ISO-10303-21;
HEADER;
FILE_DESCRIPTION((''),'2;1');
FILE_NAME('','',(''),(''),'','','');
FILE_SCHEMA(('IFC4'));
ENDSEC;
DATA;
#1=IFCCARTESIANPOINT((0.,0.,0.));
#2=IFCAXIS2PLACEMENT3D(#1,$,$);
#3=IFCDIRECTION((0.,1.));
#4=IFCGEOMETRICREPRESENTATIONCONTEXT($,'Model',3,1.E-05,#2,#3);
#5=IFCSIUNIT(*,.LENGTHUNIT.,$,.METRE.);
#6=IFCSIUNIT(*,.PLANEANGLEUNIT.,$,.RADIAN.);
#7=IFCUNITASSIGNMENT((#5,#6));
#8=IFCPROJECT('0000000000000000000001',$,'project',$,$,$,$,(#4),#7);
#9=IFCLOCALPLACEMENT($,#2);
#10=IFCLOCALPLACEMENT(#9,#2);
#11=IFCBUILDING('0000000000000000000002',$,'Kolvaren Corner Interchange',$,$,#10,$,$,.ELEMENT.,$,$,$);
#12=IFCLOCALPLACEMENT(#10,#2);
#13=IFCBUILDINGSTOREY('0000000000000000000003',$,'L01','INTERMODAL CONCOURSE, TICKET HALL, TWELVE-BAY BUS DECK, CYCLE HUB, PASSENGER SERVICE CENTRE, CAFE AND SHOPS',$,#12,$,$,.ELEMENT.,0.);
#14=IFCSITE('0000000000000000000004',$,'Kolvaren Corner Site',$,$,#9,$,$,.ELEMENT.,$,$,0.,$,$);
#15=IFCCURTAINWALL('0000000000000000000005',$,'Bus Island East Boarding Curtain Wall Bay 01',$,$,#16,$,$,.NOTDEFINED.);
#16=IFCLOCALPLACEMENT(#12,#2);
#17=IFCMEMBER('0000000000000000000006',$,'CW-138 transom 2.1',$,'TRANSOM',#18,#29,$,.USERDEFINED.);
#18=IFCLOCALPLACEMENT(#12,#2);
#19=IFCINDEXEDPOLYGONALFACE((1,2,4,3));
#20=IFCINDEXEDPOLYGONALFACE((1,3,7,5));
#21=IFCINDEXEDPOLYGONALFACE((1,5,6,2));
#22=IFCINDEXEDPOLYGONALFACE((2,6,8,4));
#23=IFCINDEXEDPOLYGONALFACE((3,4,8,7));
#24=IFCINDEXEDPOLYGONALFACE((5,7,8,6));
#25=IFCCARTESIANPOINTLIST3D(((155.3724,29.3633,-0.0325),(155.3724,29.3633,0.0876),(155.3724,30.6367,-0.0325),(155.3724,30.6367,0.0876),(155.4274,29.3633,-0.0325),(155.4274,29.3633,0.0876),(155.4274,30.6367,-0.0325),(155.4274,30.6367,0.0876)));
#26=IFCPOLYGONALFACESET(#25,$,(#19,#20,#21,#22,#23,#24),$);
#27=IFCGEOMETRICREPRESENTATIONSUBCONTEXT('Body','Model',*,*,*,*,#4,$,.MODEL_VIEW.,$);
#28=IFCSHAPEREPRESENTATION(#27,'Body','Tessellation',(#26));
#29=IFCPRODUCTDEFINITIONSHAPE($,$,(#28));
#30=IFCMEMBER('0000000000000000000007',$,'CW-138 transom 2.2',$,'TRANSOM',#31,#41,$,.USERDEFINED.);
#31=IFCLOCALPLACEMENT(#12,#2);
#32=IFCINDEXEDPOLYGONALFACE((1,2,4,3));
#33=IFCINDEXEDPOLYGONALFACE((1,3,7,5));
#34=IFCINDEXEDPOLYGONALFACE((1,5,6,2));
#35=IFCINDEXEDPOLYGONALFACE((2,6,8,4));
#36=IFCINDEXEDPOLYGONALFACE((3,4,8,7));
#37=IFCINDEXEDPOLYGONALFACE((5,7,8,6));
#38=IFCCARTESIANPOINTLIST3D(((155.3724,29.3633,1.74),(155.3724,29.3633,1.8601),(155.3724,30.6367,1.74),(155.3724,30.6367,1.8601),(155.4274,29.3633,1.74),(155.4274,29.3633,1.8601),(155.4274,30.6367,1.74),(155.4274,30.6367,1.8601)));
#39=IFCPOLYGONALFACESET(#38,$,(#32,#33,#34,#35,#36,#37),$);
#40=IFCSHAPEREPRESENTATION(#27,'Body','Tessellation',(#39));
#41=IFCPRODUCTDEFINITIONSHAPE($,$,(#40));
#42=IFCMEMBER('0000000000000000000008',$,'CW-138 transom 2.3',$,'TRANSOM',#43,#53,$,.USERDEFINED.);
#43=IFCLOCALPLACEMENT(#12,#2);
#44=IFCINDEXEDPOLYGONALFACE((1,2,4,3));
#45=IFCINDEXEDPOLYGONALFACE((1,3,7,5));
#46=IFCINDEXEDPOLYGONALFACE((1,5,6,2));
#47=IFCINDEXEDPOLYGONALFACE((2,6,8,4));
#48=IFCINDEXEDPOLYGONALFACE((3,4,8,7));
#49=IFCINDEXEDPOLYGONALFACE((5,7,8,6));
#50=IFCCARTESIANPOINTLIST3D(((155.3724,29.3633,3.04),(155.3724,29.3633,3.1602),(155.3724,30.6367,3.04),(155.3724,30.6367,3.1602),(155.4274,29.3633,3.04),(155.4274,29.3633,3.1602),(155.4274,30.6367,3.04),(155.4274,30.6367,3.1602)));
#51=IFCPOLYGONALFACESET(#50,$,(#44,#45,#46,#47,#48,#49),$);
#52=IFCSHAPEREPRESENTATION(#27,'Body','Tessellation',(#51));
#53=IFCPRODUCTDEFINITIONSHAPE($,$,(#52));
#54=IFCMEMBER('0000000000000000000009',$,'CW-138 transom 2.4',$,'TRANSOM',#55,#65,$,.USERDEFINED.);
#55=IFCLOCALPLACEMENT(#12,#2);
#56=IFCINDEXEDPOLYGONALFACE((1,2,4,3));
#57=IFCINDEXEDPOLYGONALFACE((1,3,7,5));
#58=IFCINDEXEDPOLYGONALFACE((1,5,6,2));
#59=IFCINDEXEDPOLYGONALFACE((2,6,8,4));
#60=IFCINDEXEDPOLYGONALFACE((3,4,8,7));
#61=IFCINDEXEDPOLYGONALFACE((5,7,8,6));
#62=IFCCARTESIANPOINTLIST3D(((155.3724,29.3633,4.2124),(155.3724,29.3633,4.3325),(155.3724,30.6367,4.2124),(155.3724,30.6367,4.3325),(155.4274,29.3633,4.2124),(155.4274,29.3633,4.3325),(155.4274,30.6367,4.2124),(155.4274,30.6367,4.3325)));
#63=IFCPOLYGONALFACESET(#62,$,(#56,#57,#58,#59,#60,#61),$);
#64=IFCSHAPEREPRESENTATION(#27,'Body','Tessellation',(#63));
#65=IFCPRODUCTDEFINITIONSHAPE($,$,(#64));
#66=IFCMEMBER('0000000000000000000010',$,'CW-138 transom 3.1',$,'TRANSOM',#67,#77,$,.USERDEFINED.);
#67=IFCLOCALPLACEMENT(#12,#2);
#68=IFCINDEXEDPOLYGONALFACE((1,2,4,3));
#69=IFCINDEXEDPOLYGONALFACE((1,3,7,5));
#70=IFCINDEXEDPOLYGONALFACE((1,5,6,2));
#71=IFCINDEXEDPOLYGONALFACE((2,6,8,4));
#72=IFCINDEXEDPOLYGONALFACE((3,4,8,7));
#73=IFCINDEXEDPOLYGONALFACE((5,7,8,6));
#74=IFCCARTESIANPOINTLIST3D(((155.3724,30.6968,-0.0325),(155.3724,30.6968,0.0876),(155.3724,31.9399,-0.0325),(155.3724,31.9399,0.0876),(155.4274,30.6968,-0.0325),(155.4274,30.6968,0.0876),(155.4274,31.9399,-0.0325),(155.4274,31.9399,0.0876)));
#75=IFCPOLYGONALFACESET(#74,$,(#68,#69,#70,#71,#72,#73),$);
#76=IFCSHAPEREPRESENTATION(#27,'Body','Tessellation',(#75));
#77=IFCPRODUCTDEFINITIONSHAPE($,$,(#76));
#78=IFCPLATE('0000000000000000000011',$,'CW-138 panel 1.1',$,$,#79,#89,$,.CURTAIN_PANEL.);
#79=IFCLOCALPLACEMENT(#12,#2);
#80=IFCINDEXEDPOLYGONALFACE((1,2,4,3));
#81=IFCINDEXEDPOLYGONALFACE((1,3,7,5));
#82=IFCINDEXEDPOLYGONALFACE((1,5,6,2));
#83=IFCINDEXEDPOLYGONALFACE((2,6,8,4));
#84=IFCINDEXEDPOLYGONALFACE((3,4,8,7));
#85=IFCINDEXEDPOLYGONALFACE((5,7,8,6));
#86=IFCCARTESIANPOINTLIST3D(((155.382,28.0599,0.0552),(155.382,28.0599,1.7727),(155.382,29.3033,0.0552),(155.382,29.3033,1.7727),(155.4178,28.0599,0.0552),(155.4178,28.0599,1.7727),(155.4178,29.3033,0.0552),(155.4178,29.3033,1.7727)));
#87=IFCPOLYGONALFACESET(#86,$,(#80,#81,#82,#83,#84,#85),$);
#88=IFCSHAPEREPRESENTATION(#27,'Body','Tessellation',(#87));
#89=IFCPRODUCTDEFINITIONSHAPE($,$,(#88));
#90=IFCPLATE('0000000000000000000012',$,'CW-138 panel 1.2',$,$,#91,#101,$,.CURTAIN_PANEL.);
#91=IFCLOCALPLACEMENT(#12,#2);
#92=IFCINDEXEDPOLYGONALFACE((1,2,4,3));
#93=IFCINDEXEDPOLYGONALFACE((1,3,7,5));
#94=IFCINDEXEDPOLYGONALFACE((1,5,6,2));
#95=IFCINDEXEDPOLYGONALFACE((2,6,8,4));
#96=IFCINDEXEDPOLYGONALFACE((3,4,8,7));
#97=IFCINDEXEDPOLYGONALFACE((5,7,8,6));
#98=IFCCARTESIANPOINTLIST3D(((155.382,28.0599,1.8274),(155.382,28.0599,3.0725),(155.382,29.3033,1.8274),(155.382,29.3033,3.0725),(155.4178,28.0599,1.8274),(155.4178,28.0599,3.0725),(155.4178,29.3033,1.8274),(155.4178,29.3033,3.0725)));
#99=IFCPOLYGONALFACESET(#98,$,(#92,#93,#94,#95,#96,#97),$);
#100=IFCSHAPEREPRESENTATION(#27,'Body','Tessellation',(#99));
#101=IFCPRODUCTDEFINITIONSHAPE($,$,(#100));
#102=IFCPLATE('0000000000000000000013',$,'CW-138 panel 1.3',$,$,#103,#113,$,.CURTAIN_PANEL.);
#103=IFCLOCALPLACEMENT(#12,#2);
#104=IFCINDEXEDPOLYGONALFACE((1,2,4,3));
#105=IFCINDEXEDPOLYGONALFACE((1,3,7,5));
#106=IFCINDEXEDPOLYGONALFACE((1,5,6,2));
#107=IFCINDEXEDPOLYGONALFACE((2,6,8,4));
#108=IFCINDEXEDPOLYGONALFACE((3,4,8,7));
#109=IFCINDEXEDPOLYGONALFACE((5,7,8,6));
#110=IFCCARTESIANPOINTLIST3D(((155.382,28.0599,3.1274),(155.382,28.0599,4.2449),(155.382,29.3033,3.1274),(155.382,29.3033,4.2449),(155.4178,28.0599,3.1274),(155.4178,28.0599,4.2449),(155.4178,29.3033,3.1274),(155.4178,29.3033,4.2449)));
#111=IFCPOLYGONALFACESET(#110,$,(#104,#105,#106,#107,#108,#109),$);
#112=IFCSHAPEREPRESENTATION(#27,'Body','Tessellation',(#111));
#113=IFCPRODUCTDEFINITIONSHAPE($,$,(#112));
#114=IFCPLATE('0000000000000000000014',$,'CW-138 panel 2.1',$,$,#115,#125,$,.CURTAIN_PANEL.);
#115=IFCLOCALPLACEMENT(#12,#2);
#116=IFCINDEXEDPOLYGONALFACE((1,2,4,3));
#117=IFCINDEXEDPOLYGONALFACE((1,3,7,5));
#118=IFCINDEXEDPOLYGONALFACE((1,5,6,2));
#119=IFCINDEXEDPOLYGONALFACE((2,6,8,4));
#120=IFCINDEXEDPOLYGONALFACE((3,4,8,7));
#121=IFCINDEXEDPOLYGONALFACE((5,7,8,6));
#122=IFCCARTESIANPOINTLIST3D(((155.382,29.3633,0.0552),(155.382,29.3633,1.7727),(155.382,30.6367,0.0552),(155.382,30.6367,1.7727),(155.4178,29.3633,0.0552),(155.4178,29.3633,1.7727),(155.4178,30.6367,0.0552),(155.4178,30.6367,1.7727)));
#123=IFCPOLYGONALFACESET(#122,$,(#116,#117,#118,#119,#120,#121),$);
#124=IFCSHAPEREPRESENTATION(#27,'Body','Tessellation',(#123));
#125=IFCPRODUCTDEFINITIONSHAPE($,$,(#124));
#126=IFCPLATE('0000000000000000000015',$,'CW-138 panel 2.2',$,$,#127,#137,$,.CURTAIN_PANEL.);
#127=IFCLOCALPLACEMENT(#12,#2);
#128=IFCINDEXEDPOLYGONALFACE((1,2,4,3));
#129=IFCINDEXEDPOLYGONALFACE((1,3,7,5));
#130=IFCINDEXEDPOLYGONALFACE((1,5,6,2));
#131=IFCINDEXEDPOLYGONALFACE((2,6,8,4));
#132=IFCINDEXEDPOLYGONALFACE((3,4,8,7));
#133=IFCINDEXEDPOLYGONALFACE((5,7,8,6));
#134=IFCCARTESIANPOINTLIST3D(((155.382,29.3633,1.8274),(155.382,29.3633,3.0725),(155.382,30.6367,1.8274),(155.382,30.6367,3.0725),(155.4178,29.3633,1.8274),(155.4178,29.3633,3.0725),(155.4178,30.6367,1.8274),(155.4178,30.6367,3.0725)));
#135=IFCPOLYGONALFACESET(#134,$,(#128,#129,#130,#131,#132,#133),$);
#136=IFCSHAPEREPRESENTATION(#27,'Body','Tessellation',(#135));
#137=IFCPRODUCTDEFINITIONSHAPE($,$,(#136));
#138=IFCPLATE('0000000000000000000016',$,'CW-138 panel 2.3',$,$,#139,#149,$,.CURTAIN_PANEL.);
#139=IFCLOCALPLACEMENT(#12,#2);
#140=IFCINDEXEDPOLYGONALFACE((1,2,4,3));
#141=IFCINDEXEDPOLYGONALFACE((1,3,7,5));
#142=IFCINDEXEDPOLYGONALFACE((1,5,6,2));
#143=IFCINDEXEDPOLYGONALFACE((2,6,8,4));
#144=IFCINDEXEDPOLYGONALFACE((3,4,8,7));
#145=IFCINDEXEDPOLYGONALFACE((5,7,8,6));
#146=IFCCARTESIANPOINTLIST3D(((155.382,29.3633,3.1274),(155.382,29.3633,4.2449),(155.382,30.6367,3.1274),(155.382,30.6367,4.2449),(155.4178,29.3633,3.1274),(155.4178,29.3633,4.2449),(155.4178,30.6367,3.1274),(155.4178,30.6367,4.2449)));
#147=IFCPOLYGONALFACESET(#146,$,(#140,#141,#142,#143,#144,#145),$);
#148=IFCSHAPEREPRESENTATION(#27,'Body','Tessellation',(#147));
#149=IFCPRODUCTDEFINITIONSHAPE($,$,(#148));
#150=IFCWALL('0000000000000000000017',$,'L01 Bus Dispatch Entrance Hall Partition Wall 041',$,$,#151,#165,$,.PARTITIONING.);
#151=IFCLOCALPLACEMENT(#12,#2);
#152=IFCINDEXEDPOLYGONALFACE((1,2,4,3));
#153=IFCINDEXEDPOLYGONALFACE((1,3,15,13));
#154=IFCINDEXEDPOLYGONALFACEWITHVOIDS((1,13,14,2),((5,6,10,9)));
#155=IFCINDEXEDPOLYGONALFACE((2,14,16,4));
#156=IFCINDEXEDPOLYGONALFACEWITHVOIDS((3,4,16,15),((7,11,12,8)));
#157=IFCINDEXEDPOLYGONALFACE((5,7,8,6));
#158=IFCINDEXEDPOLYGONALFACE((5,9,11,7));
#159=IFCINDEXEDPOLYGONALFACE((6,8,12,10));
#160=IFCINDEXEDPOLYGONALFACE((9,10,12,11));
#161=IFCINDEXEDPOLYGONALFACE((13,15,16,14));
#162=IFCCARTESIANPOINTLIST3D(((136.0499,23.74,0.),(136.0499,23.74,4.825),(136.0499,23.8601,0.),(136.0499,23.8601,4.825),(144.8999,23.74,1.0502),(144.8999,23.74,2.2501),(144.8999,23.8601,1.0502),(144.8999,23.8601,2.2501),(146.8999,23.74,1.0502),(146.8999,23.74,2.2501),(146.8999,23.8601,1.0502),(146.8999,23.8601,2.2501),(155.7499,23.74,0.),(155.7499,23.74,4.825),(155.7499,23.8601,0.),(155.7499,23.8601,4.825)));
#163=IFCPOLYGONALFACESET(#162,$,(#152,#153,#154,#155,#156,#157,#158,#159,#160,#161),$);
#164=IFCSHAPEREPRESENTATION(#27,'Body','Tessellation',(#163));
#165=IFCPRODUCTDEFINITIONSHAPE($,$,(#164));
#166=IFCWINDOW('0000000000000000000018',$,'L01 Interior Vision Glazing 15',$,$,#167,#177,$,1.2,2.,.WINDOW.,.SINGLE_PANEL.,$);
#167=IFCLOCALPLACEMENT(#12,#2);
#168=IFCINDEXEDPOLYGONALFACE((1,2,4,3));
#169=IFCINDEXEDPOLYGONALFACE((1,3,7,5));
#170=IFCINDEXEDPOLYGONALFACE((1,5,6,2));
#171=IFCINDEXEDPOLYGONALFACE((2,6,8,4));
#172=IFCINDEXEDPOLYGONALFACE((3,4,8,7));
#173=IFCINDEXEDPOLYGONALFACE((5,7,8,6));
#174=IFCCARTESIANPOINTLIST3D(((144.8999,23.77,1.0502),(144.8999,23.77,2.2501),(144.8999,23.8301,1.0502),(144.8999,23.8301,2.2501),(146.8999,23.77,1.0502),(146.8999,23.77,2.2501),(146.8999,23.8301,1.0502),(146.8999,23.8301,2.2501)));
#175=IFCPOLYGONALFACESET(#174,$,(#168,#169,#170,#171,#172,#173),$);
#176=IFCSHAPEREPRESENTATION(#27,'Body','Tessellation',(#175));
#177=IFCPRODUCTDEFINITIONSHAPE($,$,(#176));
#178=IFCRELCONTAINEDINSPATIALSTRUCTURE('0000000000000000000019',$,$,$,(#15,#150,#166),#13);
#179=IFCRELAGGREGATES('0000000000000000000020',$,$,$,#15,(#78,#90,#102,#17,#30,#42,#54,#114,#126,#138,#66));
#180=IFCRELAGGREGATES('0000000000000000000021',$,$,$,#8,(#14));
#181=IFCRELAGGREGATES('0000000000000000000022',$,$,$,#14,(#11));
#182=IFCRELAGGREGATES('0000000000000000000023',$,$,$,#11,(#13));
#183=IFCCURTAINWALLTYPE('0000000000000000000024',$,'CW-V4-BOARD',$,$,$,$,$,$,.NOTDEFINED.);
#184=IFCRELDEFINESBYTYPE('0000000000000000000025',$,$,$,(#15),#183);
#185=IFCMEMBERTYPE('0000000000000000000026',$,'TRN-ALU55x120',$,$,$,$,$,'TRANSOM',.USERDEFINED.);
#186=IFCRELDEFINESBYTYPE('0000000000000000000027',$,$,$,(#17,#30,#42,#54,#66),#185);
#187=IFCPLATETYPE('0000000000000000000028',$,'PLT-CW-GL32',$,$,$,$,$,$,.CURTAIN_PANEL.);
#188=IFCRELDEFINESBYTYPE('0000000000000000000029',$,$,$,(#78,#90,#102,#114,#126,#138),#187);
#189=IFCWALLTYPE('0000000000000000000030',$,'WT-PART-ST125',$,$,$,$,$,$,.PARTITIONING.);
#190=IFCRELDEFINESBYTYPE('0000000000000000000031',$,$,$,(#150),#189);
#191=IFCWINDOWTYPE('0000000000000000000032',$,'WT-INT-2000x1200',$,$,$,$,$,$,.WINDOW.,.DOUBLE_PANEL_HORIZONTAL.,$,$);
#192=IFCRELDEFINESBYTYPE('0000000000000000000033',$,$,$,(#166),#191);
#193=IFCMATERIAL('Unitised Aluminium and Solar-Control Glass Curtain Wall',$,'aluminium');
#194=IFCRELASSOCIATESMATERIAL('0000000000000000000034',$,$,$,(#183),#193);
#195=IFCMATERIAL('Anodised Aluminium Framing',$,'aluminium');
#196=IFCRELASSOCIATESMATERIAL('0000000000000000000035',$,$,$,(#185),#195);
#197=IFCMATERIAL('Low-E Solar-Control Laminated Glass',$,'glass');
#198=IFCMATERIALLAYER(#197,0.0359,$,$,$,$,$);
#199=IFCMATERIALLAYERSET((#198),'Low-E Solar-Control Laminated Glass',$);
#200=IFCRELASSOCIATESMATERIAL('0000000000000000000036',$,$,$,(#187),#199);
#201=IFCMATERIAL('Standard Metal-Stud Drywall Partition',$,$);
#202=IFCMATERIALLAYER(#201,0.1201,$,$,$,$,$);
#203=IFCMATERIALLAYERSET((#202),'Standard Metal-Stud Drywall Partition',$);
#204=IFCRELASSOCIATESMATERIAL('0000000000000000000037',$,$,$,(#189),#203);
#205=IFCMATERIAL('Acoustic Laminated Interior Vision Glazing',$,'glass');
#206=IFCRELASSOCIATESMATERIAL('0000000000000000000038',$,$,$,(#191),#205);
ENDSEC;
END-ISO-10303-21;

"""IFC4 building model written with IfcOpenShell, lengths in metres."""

from ifc_helpers import new_model, si_unit, direction, frame, frame_2d, origin, origin_2d, place, context, subcontext, project, spatial, rectangle, extrude, material, layer, layer_set, material_profile, profile_set, type_object, element, fill, aggregate, save


model = new_model("IFC4")

# Units and contexts
model_context = context("Model", 3, precision=1e-05, world=origin(), true_north=direction((0.0, 1.0)))
body_context = subcontext(model_context, "Body", "Model", "MODEL_VIEW")
ifc_project = project(units=[si_unit("LENGTHUNIT", "METRE"), si_unit("PLANEANGLEUNIT", "RADIAN")], contexts=[model_context])

# Site, building, storey
site_placement = place(None, origin())
site = spatial("IfcSite", under=ifc_project, at=site_placement, Name="Kolvaren Corner Site", CompositionType="ELEMENT", RefElevation=0.0)
building_placement = place(site_placement, origin())
building = spatial("IfcBuilding", under=site, at=building_placement, Name="Kolvaren Corner Interchange", CompositionType="ELEMENT")
storey_placement = place(building_placement, origin())
storey = spatial("IfcBuildingStorey", under=building, at=storey_placement, Name="L01", Description="INTERMODAL CONCOURSE, TICKET HALL, TWELVE-BAY BUS DECK, CYCLE HUB, PASSENGER SERVICE CENTRE, CAFE AND SHOPS", CompositionType="ELEMENT", Elevation=0.0)

# Curtain wall, members, plates
ifc_material_1 = material(Name="Unitised Aluminium and Solar-Control Glass Curtain Wall", Category="aluminium")
curtain_wall_type = type_object("IfcCurtainWallType", Name="CW-V4-BOARD", PredefinedType="NOTDEFINED", material=ifc_material_1)
curtain_wall_placement = place(storey_placement, origin())
curtain_wall = element("IfcCurtainWall", 1, at=curtain_wall_placement, inside=storey, type_object=curtain_wall_type, Name="Bus Island East Boarding Curtain Wall Bay 01", PredefinedType="NOTDEFINED")
ifc_material_2 = material(Name="Anodised Aluminium Framing", Category="aluminium")
ifc_material_profile_1 = material_profile(ifc_material_2, rectangle(XDim=0.0549, YDim=0.1201, at=origin_2d()), Name="ALU 55x120")
ifc_profile_set_1 = profile_set([ifc_material_profile_1], Name="Anodised Aluminium Framing")
member_type_1 = type_object("IfcMemberType", Name="TRN-ALU55x120", ElementType="TRANSOM", PredefinedType="USERDEFINED", material=ifc_profile_set_1)
member_1_placement = place(storey_placement, frame((155.3999, 29.3633, 0.0276), z_axis=(0.0, 1.0, 0.0), x_axis=(-1.0, 0.0, 0.0)))
member_1 = element("IfcMember", 2, at=member_1_placement, type_object=member_type_1, Name="CW-138 transom 2.1", ObjectType="TRANSOM", PredefinedType="USERDEFINED", context=body_context, shape_type="SweptSolid", body=[
    extrude(rectangle(XDim=0.0549, YDim=0.1201, at=origin_2d()), origin(), (0.0, 0.0, 1.0), 1.2734),
])
member_2_placement = place(storey_placement, frame((155.3999, 29.3633, 1.8), z_axis=(0.0, 1.0, 0.0), x_axis=(-1.0, 0.0, 0.0)))
member_2 = element("IfcMember", 3, at=member_2_placement, type_object=member_type_1, Name="CW-138 transom 2.2", ObjectType="TRANSOM", PredefinedType="USERDEFINED", context=body_context, shape_type="SweptSolid", body=[
    extrude(rectangle(XDim=0.0549, YDim=0.1201, at=origin_2d()), origin(), (0.0, 0.0, 1.0), 1.2734),
])
member_3_placement = place(storey_placement, frame((155.3999, 29.3633, 3.1001), z_axis=(0.0, 1.0, 0.0), x_axis=(-1.0, 0.0, 0.0)))
member_3 = element("IfcMember", 4, at=member_3_placement, type_object=member_type_1, Name="CW-138 transom 2.3", ObjectType="TRANSOM", PredefinedType="USERDEFINED", context=body_context, shape_type="SweptSolid", body=[
    extrude(rectangle(XDim=0.0549, YDim=0.1201, at=origin_2d()), origin(), (0.0, 0.0, 1.0), 1.2734),
])
member_4_placement = place(storey_placement, frame((155.3999, 29.3633, 4.2725), z_axis=(0.0, 1.0, 0.0), x_axis=(-1.0, 0.0, 0.0)))
member_4 = element("IfcMember", 5, at=member_4_placement, type_object=member_type_1, Name="CW-138 transom 2.4", ObjectType="TRANSOM", PredefinedType="USERDEFINED", context=body_context, shape_type="SweptSolid", body=[
    extrude(rectangle(XDim=0.0549, YDim=0.1201, at=origin_2d()), origin(), (0.0, 0.0, 1.0), 1.2734),
])
member_5_placement = place(storey_placement, frame((155.3999, 30.6968, 0.0276), z_axis=(0.0, 1.0, 0.0), x_axis=(-1.0, 0.0, 0.0)))
member_5 = element("IfcMember", 6, at=member_5_placement, type_object=member_type_1, Name="CW-138 transom 3.1", ObjectType="TRANSOM", PredefinedType="USERDEFINED", context=body_context, shape_type="SweptSolid", body=[
    extrude(rectangle(XDim=0.0549, YDim=0.1201, at=origin_2d()), origin(), (0.0, 0.0, 1.0), 1.2432),
])
ifc_material_3 = material(Name="Low-E Solar-Control Laminated Glass", Category="glass")
ifc_layer_1 = layer(ifc_material_3, 0.0359)
ifc_layer_set_1 = layer_set([ifc_layer_1], Name="Low-E Solar-Control Laminated Glass")
plate_type = type_object("IfcPlateType", Name="PLT-CW-GL32", PredefinedType="CURTAIN_PANEL", material=ifc_layer_set_1)
plate_1_placement = place(storey_placement, frame((155.3999, 28.6816, 0.0552), z_axis=(0.0, 0.0, 1.0), x_axis=(0.0, 1.0, 0.0)))
plate_1 = element("IfcPlate", 7, at=plate_1_placement, type_object=plate_type, Name="CW-138 panel 1.1", PredefinedType="CURTAIN_PANEL", context=body_context, shape_type="SweptSolid", body=[
    extrude(rectangle(XDim=1.2434, YDim=0.0359, at=origin_2d()), origin(), (0.0, 0.0, 1.0), 1.7175),
])
plate_2_placement = place(storey_placement, frame((155.3999, 28.6816, 1.8274), z_axis=(0.0, 0.0, 1.0), x_axis=(0.0, 1.0, 0.0)))
plate_2 = element("IfcPlate", 8, at=plate_2_placement, type_object=plate_type, Name="CW-138 panel 1.2", PredefinedType="CURTAIN_PANEL", context=body_context, shape_type="SweptSolid", body=[
    extrude(rectangle(XDim=1.2434, YDim=0.0359, at=origin_2d()), origin(), (0.0, 0.0, 1.0), 1.2451),
])
plate_3_placement = place(storey_placement, frame((155.3999, 28.6816, 3.1274), z_axis=(0.0, 0.0, 1.0), x_axis=(0.0, 1.0, 0.0)))
plate_3 = element("IfcPlate", 9, at=plate_3_placement, type_object=plate_type, Name="CW-138 panel 1.3", PredefinedType="CURTAIN_PANEL", context=body_context, shape_type="SweptSolid", body=[
    extrude(rectangle(XDim=1.2434, YDim=0.0359, at=origin_2d()), origin(), (0.0, 0.0, 1.0), 1.1174),
])
plate_4_placement = place(storey_placement, frame((155.3999, 30.0, 0.0552), z_axis=(0.0, 0.0, 1.0), x_axis=(0.0, 1.0, 0.0)))
plate_4 = element("IfcPlate", 10, at=plate_4_placement, type_object=plate_type, Name="CW-138 panel 2.1", PredefinedType="CURTAIN_PANEL", context=body_context, shape_type="SweptSolid", body=[
    extrude(rectangle(XDim=1.2734, YDim=0.0359, at=origin_2d()), origin(), (0.0, 0.0, 1.0), 1.7175),
])
plate_5_placement = place(storey_placement, frame((155.3999, 30.0, 1.8274), z_axis=(0.0, 0.0, 1.0), x_axis=(0.0, 1.0, 0.0)))
plate_5 = element("IfcPlate", 11, at=plate_5_placement, type_object=plate_type, Name="CW-138 panel 2.2", PredefinedType="CURTAIN_PANEL", context=body_context, shape_type="SweptSolid", body=[
    extrude(rectangle(XDim=1.2734, YDim=0.0359, at=origin_2d()), origin(), (0.0, 0.0, 1.0), 1.2451),
])
plate_6_placement = place(storey_placement, frame((155.3999, 30.0, 3.1274), z_axis=(0.0, 0.0, 1.0), x_axis=(0.0, 1.0, 0.0)))
plate_6 = element("IfcPlate", 12, at=plate_6_placement, type_object=plate_type, Name="CW-138 panel 2.3", PredefinedType="CURTAIN_PANEL", context=body_context, shape_type="SweptSolid", body=[
    extrude(rectangle(XDim=1.2734, YDim=0.0359, at=origin_2d()), origin(), (0.0, 0.0, 1.0), 1.1174),
])
aggregate(curtain_wall, [plate_1, plate_2, plate_3, member_1, member_2, member_3, member_4, plate_4, plate_5, plate_6, member_5])

# Wall, opening, window
ifc_material_4 = material(Name="Standard Metal-Stud Drywall Partition")
ifc_layer_2 = layer(ifc_material_4, 0.1201)
ifc_layer_set_2 = layer_set([ifc_layer_2], Name="Standard Metal-Stud Drywall Partition")
wall_type = type_object("IfcWallType", Name="WT-PART-ST125", PredefinedType="PARTITIONING", material=ifc_layer_set_2)
wall_placement = place(storey_placement, frame((155.75, 23.8, 0.0), z_axis=(0.0, 0.0, 1.0), x_axis=(-1.0, 0.0, 0.0)))
wall = element("IfcWall", 13, at=wall_placement, inside=storey, type_object=wall_type, Name="L01 Bus Dispatch Entrance Hall Partition Wall 041", PredefinedType="PARTITIONING", context=body_context, shape_type="SweptSolid", body=[
    extrude(rectangle(XDim=19.7, YDim=0.1201, at=frame_2d((9.8501, 0.0))), origin(), (0.0, 0.0, 1.0), 4.825),
])
opening_placement = place(wall_placement, frame((8.8501, 0.0, 1.05)))
opening = element("IfcOpeningElement", 14, at=opening_placement, cuts=wall, PredefinedType="OPENING", context=body_context, shape_type="SweptSolid", body=[
    extrude(rectangle(XDim=2.0, YDim=1.2, at=frame_2d((1.0, 0.6001))), frame((0.0, 0.0701, 0.0), z_axis=(0.0, -1.0, 0.0), x_axis=(1.0, 0.0, 0.0)), (0.0, 0.0, 1.0), 0.1401),
])
ifc_material_5 = material(Name="Acoustic Laminated Interior Vision Glazing", Category="glass")
window_type = type_object("IfcWindowType", Name="WT-INT-2000x1200", PartitioningType="DOUBLE_PANEL_HORIZONTAL", PredefinedType="WINDOW", material=ifc_material_5)
window_placement = place(opening_placement, origin())
window = element("IfcWindow", 15, at=window_placement, inside=storey, type_object=window_type, Name="L01 Interior Vision Glazing 15", OverallHeight=1.2, OverallWidth=2.0, PartitioningType="SINGLE_PANEL", PredefinedType="WINDOW", context=body_context, shape_type="SweptSolid", body=[
    extrude(rectangle(XDim=2.0, YDim=1.2, at=frame_2d((1.0, 0.6001))), frame((0.0, 0.03, 0.0), z_axis=(0.0, -1.0, 0.0), x_axis=(1.0, 0.0, 0.0)), (0.0, 0.0, 1.0), 0.0601),
])
fill(opening, window)

save(model, "model.ifc")
